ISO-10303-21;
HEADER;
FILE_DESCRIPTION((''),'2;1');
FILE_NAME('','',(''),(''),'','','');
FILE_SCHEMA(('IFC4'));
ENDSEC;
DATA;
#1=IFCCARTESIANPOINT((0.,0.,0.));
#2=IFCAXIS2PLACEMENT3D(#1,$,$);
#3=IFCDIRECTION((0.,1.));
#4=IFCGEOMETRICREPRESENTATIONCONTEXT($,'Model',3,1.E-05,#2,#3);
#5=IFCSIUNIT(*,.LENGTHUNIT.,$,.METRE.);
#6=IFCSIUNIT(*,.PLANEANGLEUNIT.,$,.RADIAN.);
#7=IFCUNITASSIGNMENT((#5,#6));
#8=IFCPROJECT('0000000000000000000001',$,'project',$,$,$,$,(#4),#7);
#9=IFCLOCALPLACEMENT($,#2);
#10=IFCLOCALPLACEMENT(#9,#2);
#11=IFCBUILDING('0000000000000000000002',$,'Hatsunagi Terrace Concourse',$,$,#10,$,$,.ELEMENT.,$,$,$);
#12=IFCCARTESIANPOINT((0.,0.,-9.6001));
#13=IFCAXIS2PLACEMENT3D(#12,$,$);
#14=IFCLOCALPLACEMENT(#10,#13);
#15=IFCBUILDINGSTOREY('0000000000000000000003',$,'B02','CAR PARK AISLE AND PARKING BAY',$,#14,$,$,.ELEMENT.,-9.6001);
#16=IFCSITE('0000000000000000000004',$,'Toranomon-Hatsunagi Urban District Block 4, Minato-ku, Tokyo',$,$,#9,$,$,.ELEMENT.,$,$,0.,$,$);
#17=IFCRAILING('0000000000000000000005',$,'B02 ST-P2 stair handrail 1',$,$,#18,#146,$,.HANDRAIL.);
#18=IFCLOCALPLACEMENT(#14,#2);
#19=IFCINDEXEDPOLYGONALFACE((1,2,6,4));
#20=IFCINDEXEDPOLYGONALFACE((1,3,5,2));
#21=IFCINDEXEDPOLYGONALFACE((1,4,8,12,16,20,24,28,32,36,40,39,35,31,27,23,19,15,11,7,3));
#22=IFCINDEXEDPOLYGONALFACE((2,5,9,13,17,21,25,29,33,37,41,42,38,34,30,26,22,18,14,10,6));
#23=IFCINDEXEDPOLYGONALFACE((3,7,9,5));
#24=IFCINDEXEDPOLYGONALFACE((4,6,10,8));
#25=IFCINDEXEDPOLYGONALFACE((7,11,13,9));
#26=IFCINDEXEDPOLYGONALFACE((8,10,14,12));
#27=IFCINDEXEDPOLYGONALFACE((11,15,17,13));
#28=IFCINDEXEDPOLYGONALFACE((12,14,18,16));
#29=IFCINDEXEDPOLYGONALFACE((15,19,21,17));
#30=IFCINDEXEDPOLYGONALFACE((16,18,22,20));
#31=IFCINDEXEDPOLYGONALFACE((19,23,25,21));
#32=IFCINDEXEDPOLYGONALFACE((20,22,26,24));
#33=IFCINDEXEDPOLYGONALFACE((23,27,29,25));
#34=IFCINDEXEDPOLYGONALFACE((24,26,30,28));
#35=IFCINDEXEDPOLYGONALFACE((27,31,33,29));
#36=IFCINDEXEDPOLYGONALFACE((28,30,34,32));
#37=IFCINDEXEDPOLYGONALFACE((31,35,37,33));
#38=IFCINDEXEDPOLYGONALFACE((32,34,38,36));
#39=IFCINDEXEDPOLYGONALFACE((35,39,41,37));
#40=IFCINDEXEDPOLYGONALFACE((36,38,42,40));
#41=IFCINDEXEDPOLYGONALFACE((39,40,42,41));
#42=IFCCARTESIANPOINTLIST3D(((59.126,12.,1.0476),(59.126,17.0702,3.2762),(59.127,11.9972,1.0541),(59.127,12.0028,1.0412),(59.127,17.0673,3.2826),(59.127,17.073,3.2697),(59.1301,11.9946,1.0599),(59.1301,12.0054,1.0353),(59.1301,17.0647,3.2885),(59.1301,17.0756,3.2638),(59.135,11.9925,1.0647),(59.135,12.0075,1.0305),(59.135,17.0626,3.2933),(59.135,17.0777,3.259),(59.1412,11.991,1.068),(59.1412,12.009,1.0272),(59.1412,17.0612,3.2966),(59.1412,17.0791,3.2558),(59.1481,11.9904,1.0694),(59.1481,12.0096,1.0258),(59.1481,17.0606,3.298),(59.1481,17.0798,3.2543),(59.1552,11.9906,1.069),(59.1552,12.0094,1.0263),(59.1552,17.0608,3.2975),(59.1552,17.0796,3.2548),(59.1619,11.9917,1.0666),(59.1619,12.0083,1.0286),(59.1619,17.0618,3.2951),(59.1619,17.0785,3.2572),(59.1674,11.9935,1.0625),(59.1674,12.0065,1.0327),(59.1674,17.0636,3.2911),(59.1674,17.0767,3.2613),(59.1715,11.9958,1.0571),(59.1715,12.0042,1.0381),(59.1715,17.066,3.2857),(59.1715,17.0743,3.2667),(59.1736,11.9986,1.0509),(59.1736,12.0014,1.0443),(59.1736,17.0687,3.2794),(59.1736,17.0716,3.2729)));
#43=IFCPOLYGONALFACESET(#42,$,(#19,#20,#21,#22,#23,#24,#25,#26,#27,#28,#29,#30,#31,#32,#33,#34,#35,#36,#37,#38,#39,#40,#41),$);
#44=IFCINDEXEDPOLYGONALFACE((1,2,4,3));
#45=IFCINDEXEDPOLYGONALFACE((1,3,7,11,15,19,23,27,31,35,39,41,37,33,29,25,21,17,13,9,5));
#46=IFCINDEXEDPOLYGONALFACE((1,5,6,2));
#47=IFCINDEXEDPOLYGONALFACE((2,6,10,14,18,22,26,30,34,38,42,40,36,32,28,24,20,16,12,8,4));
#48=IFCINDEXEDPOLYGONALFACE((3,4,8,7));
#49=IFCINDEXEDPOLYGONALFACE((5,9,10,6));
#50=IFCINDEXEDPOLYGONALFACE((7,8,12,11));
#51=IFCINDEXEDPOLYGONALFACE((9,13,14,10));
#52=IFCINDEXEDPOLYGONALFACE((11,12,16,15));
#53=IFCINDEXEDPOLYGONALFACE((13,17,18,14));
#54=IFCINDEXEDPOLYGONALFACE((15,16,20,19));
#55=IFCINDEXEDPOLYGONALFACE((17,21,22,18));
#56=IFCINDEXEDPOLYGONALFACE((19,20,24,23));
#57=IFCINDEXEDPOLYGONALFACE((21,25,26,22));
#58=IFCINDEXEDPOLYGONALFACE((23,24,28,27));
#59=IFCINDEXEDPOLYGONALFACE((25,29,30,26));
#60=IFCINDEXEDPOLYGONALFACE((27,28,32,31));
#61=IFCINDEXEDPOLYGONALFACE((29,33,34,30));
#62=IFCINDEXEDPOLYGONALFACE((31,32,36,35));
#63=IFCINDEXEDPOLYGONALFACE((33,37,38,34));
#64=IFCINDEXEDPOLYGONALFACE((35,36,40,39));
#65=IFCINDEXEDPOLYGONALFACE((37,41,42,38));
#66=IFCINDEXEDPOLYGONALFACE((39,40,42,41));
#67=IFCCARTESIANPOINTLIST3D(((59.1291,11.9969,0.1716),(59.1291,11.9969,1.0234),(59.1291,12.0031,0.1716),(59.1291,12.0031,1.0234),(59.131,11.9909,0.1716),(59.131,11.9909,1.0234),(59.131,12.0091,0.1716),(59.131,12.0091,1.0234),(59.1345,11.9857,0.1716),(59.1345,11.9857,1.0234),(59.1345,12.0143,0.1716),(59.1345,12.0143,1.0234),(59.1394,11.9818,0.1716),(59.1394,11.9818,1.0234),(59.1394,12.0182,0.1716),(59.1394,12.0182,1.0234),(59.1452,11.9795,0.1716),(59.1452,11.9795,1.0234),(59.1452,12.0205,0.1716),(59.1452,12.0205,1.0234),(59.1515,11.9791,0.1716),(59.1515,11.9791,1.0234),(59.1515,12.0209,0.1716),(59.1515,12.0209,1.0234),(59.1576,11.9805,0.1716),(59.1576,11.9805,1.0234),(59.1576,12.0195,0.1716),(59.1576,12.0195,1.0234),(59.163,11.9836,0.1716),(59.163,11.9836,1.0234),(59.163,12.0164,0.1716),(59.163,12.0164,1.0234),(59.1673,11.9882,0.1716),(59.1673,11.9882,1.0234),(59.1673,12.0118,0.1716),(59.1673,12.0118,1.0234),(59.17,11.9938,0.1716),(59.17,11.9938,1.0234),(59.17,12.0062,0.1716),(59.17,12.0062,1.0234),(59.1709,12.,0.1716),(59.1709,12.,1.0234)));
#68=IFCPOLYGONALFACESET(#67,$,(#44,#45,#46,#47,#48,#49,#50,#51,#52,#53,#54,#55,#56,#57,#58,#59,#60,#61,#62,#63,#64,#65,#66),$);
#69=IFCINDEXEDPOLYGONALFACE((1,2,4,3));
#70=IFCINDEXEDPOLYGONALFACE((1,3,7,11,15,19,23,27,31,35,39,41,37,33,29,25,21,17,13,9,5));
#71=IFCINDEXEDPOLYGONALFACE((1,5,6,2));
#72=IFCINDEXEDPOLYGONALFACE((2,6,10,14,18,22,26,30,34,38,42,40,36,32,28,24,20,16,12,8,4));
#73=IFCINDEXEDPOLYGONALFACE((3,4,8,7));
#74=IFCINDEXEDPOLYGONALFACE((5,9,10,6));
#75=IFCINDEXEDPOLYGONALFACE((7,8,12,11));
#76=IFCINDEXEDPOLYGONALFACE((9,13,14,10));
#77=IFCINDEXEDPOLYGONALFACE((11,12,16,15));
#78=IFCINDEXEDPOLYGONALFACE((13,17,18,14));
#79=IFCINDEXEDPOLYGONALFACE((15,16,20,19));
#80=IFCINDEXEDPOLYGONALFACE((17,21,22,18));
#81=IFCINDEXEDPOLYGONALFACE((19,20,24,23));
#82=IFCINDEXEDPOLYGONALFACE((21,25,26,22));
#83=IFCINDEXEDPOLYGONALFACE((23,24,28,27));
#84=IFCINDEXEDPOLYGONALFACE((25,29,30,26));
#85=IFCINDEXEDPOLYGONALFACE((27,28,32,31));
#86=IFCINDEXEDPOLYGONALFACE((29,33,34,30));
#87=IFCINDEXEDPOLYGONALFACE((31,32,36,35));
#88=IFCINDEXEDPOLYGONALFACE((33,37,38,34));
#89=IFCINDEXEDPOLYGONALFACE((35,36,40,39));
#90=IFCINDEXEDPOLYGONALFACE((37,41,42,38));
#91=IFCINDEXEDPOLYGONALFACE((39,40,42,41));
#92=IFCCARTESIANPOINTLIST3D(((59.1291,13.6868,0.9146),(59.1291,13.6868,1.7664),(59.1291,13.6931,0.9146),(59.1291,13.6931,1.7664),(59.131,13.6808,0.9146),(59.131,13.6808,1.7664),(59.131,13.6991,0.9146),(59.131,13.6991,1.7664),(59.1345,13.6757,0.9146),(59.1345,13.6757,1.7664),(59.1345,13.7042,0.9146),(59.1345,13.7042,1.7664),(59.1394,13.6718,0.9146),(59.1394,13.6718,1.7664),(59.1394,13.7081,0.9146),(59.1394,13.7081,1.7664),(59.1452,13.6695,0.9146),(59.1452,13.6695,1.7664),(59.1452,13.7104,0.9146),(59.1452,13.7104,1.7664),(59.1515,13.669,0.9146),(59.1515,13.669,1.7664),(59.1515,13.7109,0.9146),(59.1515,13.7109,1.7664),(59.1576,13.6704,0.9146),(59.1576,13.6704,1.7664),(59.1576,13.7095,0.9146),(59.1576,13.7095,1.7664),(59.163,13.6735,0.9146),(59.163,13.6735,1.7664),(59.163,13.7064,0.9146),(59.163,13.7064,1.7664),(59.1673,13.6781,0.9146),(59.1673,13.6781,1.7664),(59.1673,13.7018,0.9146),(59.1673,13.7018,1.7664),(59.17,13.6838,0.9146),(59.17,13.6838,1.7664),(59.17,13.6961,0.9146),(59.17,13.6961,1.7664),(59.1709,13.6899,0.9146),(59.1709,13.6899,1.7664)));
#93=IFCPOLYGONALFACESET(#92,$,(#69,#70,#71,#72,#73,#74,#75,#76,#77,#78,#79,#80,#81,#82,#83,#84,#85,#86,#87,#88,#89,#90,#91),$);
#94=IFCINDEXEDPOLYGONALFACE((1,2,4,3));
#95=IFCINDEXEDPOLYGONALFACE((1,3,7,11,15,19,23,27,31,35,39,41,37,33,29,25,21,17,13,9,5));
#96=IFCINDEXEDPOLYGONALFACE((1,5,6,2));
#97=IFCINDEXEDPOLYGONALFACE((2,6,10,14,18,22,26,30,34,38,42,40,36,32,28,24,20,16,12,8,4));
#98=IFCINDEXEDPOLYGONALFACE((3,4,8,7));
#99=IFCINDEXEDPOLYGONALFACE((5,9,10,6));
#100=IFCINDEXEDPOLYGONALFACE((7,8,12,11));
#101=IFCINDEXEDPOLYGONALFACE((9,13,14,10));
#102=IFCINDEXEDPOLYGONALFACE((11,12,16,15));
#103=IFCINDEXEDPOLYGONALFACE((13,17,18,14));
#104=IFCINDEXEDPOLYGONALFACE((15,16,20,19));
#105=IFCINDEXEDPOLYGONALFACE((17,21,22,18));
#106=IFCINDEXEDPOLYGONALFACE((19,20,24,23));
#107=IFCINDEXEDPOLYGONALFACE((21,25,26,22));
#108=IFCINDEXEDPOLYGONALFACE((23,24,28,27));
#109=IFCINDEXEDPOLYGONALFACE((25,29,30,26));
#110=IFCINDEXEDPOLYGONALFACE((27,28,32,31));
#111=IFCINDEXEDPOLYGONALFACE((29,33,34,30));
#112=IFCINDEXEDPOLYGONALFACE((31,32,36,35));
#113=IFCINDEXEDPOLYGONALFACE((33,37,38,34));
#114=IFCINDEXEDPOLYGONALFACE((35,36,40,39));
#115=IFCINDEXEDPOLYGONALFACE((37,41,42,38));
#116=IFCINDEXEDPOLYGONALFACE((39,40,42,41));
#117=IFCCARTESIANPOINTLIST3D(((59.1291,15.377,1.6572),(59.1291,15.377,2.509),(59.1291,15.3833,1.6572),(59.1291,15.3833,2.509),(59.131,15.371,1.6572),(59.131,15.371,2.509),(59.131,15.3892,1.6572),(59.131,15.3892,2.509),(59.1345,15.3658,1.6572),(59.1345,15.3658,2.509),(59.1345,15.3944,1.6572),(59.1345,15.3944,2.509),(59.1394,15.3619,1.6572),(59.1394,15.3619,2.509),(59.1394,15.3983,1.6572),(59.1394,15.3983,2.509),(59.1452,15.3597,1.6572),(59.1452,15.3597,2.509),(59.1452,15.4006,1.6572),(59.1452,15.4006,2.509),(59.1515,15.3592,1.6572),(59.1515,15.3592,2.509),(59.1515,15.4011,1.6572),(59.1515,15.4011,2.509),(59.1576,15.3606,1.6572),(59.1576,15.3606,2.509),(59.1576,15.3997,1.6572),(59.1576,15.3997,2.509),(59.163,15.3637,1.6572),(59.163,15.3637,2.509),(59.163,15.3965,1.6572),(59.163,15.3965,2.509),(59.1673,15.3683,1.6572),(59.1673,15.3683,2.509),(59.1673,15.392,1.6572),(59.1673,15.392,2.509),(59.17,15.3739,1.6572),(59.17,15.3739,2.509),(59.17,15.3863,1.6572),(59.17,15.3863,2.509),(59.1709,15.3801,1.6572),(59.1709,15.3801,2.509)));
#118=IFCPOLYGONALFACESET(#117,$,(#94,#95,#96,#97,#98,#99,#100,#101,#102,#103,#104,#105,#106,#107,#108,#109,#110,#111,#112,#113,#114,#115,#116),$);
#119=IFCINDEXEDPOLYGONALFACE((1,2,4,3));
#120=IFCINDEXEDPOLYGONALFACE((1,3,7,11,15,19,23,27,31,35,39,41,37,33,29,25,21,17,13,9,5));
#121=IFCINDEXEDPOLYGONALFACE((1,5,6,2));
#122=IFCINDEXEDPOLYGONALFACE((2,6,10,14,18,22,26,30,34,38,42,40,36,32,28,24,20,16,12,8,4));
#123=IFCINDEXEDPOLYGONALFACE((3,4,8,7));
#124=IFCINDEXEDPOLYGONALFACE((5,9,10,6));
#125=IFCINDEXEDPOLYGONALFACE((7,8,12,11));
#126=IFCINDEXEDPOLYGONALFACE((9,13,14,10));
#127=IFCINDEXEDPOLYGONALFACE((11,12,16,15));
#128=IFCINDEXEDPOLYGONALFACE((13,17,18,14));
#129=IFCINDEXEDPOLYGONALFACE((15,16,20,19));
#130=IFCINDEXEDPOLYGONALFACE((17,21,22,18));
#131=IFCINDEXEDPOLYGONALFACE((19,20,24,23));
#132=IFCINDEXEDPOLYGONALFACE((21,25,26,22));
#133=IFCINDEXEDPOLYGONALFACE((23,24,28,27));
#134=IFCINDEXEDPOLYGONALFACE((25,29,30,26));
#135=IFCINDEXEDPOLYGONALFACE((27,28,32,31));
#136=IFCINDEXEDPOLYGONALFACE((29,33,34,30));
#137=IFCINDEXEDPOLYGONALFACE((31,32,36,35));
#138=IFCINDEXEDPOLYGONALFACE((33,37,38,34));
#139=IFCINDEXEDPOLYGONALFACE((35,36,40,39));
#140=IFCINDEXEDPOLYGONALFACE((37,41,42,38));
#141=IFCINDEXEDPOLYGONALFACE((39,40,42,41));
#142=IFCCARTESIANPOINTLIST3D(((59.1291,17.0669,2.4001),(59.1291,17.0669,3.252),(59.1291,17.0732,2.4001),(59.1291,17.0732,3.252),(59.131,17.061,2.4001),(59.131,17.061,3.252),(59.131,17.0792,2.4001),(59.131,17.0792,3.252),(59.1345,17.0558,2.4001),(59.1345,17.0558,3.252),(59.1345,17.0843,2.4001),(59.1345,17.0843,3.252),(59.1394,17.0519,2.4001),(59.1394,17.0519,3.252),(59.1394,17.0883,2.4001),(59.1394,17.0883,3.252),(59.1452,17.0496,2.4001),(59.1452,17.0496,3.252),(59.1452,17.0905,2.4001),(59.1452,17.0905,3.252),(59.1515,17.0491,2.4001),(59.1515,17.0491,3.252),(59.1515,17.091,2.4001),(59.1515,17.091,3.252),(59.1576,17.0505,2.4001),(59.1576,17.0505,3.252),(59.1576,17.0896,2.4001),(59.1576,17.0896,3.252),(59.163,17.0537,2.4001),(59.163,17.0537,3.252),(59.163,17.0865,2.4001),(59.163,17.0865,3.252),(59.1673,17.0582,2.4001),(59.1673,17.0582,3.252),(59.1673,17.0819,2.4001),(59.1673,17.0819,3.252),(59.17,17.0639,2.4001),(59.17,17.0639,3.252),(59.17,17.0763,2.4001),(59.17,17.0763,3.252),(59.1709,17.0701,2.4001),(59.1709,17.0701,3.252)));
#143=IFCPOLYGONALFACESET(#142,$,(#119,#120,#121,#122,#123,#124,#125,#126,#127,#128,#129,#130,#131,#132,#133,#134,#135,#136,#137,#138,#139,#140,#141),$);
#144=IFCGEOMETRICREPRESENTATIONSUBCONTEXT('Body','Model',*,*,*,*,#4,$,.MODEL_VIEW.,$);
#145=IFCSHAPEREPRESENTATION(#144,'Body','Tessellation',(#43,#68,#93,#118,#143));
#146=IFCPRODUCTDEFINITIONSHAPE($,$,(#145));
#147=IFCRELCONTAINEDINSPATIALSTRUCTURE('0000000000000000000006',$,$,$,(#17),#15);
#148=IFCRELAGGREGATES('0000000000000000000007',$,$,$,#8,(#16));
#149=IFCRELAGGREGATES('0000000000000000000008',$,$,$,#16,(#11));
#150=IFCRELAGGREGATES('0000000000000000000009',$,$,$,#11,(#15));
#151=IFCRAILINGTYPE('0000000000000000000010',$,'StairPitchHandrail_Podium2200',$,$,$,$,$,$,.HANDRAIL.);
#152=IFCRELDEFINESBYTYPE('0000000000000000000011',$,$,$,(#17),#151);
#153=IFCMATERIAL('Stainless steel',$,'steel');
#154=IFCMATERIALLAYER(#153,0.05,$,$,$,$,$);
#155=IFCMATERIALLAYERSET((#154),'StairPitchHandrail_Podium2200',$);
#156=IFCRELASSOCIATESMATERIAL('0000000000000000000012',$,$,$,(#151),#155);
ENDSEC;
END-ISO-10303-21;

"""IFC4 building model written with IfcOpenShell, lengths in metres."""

from ifc_helpers import new_model, si_unit, direction, frame, origin, origin_2d, place, context, subcontext, project, spatial, circle, extrude, material, layer, layer_set, type_object, element, save


model = new_model("IFC4")

# Units and contexts
model_context = context("Model", 3, precision=1e-05, world=origin(), true_north=direction((0.0, 1.0)))
body_context = subcontext(model_context, "Body", "Model", "MODEL_VIEW")
ifc_project = project(units=[si_unit("LENGTHUNIT", "METRE"), si_unit("PLANEANGLEUNIT", "RADIAN")], contexts=[model_context])

# Site, building, storey
site_placement = place(None, origin())
site = spatial("IfcSite", under=ifc_project, at=site_placement, Name="Toranomon-Hatsunagi Urban District Block 4, Minato-ku, Tokyo", CompositionType="ELEMENT", RefElevation=0.0)
building_placement = place(site_placement, origin())
building = spatial("IfcBuilding", under=site, at=building_placement, Name="Hatsunagi Terrace Concourse", CompositionType="ELEMENT")
storey_placement = place(building_placement, frame((0.0, 0.0, -9.6001)))
storey = spatial("IfcBuildingStorey", under=building, at=storey_placement, Name="B02", Description="CAR PARK AISLE AND PARKING BAY", CompositionType="ELEMENT", Elevation=-9.6001)

# Railing
ifc_material_1 = material(Name="Stainless steel", Category="steel")
ifc_layer_1 = layer(ifc_material_1, 0.05)
ifc_layer_set_1 = layer_set([ifc_layer_1], Name="StairPitchHandrail_Podium2200")
railing_type_1 = type_object("IfcRailingType", Name="StairPitchHandrail_Podium2200", PredefinedType="HANDRAIL", material=ifc_layer_set_1)
railing_1_placement = place(storey_placement, frame((59.1499, 12.0, 0.1716)))
element("IfcRailing", 1, at=railing_1_placement, inside=storey, type_object=railing_type_1, Name="B02 ST-P2 stair handrail 1", PredefinedType="HANDRAIL", context=body_context, shape_type="SweptSolid", body=[
    extrude(circle(Radius=0.0239, at=origin_2d()), frame((0.0, 0.0, 0.876), z_axis=(0.0, 0.915469, 0.402388), x_axis=(-1.0, 0.0, 0.0)), (0.0, 0.0, 1.0), 5.5383),
    extrude(circle(Radius=0.021, at=origin_2d()), origin(), (0.0, 0.0, 1.0), 0.8518),
    extrude(circle(Radius=0.021, at=origin_2d()), frame((0.0, 1.6899, 0.7429)), (0.0, 0.0, 1.0), 0.8518),
    extrude(circle(Radius=0.021, at=origin_2d()), frame((0.0, 3.3801, 1.4856)), (0.0, 0.0, 1.0), 0.8518),
    extrude(circle(Radius=0.021, at=origin_2d()), frame((0.0, 5.0701, 2.2285)), (0.0, 0.0, 1.0), 0.8518),
])

save(model, "model.ifc")
